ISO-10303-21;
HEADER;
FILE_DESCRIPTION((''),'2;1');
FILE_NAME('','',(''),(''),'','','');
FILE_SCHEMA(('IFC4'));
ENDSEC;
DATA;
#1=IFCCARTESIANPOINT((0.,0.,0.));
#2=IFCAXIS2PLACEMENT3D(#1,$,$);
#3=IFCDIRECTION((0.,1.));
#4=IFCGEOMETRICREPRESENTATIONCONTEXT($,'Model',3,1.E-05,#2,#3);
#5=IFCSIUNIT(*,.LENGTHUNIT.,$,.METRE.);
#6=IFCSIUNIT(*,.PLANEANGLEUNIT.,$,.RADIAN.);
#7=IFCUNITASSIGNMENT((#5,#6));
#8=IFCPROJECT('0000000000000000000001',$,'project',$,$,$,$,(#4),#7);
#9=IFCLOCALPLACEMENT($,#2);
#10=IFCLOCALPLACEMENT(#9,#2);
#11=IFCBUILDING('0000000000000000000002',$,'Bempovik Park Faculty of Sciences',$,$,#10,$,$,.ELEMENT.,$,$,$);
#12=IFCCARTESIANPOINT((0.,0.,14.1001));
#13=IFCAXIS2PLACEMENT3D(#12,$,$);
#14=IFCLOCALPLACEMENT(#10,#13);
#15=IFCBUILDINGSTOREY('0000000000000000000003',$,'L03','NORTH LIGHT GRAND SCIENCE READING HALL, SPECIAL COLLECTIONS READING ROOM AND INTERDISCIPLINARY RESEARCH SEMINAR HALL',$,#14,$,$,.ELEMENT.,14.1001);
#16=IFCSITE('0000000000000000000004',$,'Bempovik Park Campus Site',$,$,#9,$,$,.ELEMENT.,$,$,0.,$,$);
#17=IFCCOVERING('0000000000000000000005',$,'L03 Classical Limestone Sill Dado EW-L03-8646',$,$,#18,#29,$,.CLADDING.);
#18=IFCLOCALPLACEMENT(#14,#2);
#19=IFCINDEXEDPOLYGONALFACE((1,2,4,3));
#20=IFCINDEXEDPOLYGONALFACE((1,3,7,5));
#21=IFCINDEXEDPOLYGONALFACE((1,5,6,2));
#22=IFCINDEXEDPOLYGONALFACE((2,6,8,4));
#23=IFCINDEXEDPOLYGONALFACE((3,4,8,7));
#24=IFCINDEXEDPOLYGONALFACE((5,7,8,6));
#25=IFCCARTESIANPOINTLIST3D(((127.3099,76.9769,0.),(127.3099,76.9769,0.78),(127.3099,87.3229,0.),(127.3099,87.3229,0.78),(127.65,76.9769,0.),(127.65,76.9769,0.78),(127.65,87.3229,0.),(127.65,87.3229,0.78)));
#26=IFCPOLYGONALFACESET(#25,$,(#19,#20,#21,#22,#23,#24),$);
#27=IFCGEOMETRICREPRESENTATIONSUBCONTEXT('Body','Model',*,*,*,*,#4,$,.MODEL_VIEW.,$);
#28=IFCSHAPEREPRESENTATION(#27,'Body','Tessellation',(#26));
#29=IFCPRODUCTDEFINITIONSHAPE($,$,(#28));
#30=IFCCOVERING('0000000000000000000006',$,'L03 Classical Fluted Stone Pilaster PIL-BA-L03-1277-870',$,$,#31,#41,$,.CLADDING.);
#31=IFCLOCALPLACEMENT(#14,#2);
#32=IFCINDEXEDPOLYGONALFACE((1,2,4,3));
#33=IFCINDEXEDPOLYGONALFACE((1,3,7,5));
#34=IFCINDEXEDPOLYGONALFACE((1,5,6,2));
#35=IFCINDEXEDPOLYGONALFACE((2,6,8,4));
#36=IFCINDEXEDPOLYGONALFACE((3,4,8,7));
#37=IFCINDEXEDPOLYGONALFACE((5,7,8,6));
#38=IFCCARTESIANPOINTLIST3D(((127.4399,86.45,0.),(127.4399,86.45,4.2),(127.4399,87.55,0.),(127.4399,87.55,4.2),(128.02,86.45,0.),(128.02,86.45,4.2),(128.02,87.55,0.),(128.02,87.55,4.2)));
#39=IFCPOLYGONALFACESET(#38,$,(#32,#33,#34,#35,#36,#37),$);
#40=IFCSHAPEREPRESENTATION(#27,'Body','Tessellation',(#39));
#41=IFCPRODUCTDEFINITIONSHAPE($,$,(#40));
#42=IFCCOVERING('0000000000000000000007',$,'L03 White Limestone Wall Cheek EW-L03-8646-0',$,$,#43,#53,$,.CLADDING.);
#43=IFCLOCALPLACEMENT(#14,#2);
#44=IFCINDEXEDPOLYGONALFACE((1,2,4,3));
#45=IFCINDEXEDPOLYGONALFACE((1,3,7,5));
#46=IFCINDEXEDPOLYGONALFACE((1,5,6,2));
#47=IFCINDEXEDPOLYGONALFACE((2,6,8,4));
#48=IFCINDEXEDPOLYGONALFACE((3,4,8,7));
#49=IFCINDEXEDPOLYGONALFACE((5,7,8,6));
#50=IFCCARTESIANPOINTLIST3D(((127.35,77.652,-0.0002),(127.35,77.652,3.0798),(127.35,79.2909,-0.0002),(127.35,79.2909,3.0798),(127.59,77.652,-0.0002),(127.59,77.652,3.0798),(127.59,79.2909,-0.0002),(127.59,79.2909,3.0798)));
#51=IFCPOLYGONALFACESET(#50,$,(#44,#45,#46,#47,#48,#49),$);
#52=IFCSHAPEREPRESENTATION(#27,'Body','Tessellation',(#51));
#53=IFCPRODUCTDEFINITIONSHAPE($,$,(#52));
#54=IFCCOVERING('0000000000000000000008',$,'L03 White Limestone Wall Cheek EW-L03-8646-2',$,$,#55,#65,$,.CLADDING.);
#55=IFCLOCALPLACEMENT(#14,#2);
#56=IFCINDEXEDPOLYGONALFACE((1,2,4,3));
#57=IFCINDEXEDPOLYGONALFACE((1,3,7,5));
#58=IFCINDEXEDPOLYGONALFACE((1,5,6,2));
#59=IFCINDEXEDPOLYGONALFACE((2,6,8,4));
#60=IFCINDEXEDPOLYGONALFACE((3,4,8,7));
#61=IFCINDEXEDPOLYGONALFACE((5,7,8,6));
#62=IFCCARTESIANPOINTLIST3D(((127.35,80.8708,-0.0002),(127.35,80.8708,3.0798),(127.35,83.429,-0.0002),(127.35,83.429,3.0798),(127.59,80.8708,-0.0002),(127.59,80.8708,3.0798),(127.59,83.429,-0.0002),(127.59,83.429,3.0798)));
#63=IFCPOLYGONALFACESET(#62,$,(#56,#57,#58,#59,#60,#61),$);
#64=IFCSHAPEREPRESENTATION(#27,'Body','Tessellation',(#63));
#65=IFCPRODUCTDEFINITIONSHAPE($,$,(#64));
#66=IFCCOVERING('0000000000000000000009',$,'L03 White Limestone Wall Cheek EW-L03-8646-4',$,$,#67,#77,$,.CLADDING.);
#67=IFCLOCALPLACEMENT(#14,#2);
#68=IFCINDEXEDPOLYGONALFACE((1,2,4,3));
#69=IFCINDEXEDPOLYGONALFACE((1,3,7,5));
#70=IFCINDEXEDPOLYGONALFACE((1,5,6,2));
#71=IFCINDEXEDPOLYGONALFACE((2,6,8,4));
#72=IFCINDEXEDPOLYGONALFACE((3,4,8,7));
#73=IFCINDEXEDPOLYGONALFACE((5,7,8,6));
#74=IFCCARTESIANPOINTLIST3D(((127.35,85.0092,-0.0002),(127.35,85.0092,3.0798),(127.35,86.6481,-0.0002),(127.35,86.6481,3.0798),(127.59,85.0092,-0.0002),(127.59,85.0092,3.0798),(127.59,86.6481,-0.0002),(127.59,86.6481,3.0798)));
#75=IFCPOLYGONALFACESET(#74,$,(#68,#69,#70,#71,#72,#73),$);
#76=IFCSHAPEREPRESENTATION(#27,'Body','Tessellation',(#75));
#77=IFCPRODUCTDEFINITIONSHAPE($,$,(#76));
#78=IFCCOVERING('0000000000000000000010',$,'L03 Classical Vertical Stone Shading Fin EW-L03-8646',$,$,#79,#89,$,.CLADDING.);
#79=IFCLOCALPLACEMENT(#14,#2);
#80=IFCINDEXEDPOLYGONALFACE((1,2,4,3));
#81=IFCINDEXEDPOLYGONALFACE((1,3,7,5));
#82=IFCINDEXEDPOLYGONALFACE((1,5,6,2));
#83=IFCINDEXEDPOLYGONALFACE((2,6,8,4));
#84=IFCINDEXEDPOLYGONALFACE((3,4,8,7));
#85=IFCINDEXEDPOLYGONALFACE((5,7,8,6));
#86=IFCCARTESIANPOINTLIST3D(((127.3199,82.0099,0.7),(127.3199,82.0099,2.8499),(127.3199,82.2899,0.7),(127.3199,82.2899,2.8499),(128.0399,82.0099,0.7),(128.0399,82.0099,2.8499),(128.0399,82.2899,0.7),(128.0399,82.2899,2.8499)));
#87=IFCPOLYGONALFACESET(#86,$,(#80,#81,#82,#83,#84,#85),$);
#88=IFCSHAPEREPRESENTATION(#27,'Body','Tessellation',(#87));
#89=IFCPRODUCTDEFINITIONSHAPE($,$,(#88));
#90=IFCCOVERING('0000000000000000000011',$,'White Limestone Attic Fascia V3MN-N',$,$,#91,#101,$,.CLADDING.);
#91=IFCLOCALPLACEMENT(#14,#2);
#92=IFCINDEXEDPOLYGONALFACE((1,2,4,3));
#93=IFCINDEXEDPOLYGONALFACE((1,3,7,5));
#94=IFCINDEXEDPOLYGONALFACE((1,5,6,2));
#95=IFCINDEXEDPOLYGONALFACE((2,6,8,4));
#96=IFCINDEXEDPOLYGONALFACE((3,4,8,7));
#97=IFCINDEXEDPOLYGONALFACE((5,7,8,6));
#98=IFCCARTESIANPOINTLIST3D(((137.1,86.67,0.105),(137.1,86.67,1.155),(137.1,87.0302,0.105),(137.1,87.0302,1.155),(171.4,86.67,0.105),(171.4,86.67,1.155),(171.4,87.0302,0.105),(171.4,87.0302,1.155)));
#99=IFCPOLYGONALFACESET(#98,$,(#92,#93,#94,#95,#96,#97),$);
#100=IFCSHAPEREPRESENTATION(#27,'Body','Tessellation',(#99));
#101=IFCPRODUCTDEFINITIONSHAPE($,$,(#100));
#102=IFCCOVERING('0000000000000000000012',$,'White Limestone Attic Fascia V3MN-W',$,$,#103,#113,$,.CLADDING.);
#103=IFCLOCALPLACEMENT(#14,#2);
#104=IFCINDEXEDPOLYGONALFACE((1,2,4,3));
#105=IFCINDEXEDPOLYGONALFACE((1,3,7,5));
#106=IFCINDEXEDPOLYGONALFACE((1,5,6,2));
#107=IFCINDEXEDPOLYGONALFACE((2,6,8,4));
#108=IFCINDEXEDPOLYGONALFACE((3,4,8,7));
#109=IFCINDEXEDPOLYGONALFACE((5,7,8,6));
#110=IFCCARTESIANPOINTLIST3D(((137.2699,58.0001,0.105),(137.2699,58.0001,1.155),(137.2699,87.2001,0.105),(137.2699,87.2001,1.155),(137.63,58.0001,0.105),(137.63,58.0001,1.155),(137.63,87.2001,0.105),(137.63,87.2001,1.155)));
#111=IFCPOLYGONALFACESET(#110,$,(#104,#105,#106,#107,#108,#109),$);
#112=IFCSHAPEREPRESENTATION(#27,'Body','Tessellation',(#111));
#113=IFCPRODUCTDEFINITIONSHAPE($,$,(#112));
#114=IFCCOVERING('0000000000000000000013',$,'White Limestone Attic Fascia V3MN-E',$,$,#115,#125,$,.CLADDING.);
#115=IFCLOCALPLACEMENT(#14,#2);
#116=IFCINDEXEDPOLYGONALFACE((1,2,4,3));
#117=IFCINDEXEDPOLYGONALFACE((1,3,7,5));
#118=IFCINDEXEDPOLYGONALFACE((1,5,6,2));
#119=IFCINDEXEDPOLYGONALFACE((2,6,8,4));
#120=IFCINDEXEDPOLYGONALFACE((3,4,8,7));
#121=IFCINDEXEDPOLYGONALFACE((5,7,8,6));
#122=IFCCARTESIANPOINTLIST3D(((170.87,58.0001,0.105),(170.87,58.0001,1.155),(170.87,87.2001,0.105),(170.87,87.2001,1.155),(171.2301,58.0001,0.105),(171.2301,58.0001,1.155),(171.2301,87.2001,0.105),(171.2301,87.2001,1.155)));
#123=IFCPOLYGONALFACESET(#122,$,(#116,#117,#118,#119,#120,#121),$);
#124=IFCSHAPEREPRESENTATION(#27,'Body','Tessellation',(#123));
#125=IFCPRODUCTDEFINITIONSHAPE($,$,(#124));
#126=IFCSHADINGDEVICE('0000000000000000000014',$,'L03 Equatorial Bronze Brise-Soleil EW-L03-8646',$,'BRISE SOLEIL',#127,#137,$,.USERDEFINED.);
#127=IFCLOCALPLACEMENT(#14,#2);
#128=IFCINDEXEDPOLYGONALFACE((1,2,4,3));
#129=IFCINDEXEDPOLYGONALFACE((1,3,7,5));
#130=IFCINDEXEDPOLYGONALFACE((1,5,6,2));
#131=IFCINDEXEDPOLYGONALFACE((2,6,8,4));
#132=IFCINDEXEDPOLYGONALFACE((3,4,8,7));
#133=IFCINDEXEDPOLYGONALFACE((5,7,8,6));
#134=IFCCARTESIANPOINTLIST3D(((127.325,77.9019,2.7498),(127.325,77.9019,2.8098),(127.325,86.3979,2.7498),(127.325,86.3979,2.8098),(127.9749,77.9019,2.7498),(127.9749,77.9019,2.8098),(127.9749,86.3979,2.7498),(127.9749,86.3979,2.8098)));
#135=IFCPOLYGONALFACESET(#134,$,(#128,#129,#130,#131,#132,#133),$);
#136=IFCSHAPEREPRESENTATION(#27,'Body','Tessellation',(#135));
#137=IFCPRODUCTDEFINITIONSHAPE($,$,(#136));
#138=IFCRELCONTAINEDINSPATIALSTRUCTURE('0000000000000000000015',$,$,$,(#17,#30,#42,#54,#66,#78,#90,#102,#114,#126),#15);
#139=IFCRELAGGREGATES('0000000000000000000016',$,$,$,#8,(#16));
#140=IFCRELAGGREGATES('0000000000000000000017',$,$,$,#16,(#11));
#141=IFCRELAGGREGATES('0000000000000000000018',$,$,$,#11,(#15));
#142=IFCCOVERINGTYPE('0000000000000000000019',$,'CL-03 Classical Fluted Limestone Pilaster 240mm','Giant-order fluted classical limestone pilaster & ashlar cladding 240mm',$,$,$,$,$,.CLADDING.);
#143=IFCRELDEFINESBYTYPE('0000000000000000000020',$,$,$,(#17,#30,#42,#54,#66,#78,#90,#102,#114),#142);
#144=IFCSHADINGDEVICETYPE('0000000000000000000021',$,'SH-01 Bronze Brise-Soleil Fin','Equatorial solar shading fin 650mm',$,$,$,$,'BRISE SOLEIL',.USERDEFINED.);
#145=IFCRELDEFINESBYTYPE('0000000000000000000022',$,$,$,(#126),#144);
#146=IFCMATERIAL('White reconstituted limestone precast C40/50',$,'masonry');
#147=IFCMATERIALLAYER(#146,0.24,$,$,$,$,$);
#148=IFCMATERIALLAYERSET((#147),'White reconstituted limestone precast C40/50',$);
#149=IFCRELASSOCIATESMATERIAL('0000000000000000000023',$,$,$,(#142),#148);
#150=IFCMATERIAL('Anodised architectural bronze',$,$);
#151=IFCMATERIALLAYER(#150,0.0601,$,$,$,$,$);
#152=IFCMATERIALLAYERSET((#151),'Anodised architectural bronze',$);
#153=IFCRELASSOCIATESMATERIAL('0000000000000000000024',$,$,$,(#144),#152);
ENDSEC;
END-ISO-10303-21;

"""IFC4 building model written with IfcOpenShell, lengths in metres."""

from ifc_helpers import new_model, si_unit, direction, frame, origin, origin_2d, place, context, subcontext, project, spatial, rectangle, extrude, material, layer, layer_set, type_object, element, save


model = new_model("IFC4")

# Units and contexts
model_context = context("Model", 3, precision=1e-05, world=origin(), true_north=direction((0.0, 1.0)))
body_context = subcontext(model_context, "Body", "Model", "MODEL_VIEW")
ifc_project = project(units=[si_unit("LENGTHUNIT", "METRE"), si_unit("PLANEANGLEUNIT", "RADIAN")], contexts=[model_context])

# Site, building, storey
site_placement = place(None, origin())
site = spatial("IfcSite", under=ifc_project, at=site_placement, Name="Bempovik Park Campus Site", CompositionType="ELEMENT", RefElevation=0.0)
building_placement = place(site_placement, origin())
building = spatial("IfcBuilding", under=site, at=building_placement, Name="Bempovik Park Faculty of Sciences", CompositionType="ELEMENT")
storey_placement = place(building_placement, frame((0.0, 0.0, 14.1001)))
storey = spatial("IfcBuildingStorey", under=building, at=storey_placement, Name="L03", Description="NORTH LIGHT GRAND SCIENCE READING HALL, SPECIAL COLLECTIONS READING ROOM AND INTERDISCIPLINARY RESEARCH SEMINAR HALL", CompositionType="ELEMENT", Elevation=14.1001)

# Shared definitions
ifc_material_1 = material(Name="Anodised architectural bronze")

# Coverings
ifc_material_2 = material(Name="White reconstituted limestone precast C40/50", Category="masonry")
ifc_layer_1 = layer(ifc_material_2, 0.24)
ifc_layer_set_1 = layer_set([ifc_layer_1], Name="White reconstituted limestone precast C40/50")
covering_type_1 = type_object("IfcCoveringType", Name="CL-03 Classical Fluted Limestone Pilaster 240mm", Description="Giant-order fluted classical limestone pilaster & ashlar cladding 240mm", PredefinedType="CLADDING", material=ifc_layer_set_1)
covering_1_placement = place(storey_placement, frame((127.48, 82.1499, 0.0), z_axis=(0.0, 0.0, 1.0), x_axis=(1.0, 0.0, 0.0)))
element("IfcCovering", 1, at=covering_1_placement, inside=storey, type_object=covering_type_1, Name="L03 Classical Limestone Sill Dado EW-L03-8646", PredefinedType="CLADDING", context=body_context, shape_type="SweptSolid", body=[
    extrude(rectangle(XDim=0.3401, YDim=10.3459, at=origin_2d()), origin(), (0.0, 0.0, 1.0), 0.78),
])
covering_2_placement = place(storey_placement, frame((127.73, 87.0, 0.0), z_axis=(0.0, 0.0, 1.0), x_axis=(1.0, 0.0, 0.0)))
element("IfcCovering", 2, at=covering_2_placement, inside=storey, type_object=covering_type_1, Name="L03 Classical Fluted Stone Pilaster PIL-BA-L03-1277-870", PredefinedType="CLADDING", context=body_context, shape_type="SweptSolid", body=[
    extrude(rectangle(XDim=0.5801, YDim=1.1001, at=origin_2d()), origin(), (0.0, 0.0, 1.0), 4.2),
])
covering_3_placement = place(storey_placement, frame((127.47, 78.4714, -0.0002), z_axis=(0.0, 0.0, 1.0), x_axis=(1.0, 0.0, 0.0)))
element("IfcCovering", 3, at=covering_3_placement, inside=storey, type_object=covering_type_1, Name="L03 White Limestone Wall Cheek EW-L03-8646-0", PredefinedType="CLADDING", context=body_context, shape_type="SweptSolid", body=[
    extrude(rectangle(XDim=0.24, YDim=1.6389, at=origin_2d()), origin(), (0.0, 0.0, 1.0), 3.0801),
])
covering_4_placement = place(storey_placement, frame((127.47, 82.1499, -0.0002), z_axis=(0.0, 0.0, 1.0), x_axis=(1.0, 0.0, 0.0)))
element("IfcCovering", 4, at=covering_4_placement, inside=storey, type_object=covering_type_1, Name="L03 White Limestone Wall Cheek EW-L03-8646-2", PredefinedType="CLADDING", context=body_context, shape_type="SweptSolid", body=[
    extrude(rectangle(XDim=0.24, YDim=2.5581, at=origin_2d()), origin(), (0.0, 0.0, 1.0), 3.0801),
])
covering_5_placement = place(storey_placement, frame((127.47, 85.8286, -0.0002), z_axis=(0.0, 0.0, 1.0), x_axis=(1.0, 0.0, 0.0)))
element("IfcCovering", 5, at=covering_5_placement, inside=storey, type_object=covering_type_1, Name="L03 White Limestone Wall Cheek EW-L03-8646-4", PredefinedType="CLADDING", context=body_context, shape_type="SweptSolid", body=[
    extrude(rectangle(XDim=0.24, YDim=1.6389, at=origin_2d()), origin(), (0.0, 0.0, 1.0), 3.0801),
])
covering_6_placement = place(storey_placement, frame((127.6799, 82.1499, 0.7), z_axis=(0.0, 0.0, 1.0), x_axis=(1.0, 0.0, 0.0)))
element("IfcCovering", 6, at=covering_6_placement, inside=storey, type_object=covering_type_1, Name="L03 Classical Vertical Stone Shading Fin EW-L03-8646", PredefinedType="CLADDING", context=body_context, shape_type="SweptSolid", body=[
    extrude(rectangle(XDim=0.72, YDim=0.28, at=origin_2d()), origin(), (0.0, 0.0, 1.0), 2.1499),
])
covering_7_placement = place(storey_placement, frame((154.25, 86.8501, 0.105), z_axis=(0.0, 0.0, 1.0), x_axis=(1.0, 0.0, 0.0)))
element("IfcCovering", 7, at=covering_7_placement, inside=storey, type_object=covering_type_1, Name="White Limestone Attic Fascia V3MN-N", PredefinedType="CLADDING", context=body_context, shape_type="SweptSolid", body=[
    extrude(rectangle(XDim=34.3, YDim=0.3601, at=origin_2d()), origin(), (0.0, 0.0, 1.0), 1.05),
])
for number, where, z_axis, x_axis, name in (
    (8, (137.45, 72.6001, 0.105), (0.0, 0.0, 1.0), (1.0, 0.0, 0.0), "White Limestone Attic Fascia V3MN-W"),
    (9, (171.05, 72.6001, 0.105), (0.0, 0.0, 1.0), (1.0, 0.0, 0.0), "White Limestone Attic Fascia V3MN-E"),
):
    element("IfcCovering", number, at=place(storey_placement, frame(where, z_axis=z_axis, x_axis=x_axis)), inside=storey, type_object=covering_type_1, Name=name, PredefinedType="CLADDING", context=body_context, shape_type="SweptSolid", body=[
        extrude(rectangle(XDim=0.3601, YDim=29.2, at=origin_2d()), origin(), (0.0, 0.0, 1.0), 1.05),
    ])

# Shading device
ifc_layer_2 = layer(ifc_material_1, 0.0601)
ifc_layer_set_2 = layer_set([ifc_layer_2], Name="Anodised architectural bronze")
shading_device_type = type_object("IfcShadingDeviceType", Name="SH-01 Bronze Brise-Soleil Fin", Description="Equatorial solar shading fin 650mm", ElementType="BRISE SOLEIL", PredefinedType="USERDEFINED", material=ifc_layer_set_2)
shading_device_placement = place(storey_placement, frame((127.6499, 82.1499, 2.7498), z_axis=(0.0, 0.0, 1.0), x_axis=(1.0, 0.0, 0.0)))
element("IfcShadingDevice", 10, at=shading_device_placement, inside=storey, type_object=shading_device_type, Name="L03 Equatorial Bronze Brise-Soleil EW-L03-8646", ObjectType="BRISE SOLEIL", PredefinedType="USERDEFINED", context=body_context, shape_type="SweptSolid", body=[
    extrude(rectangle(XDim=0.6499, YDim=8.4961, at=origin_2d()), origin(), (0.0, 0.0, 1.0), 0.0601),
])

save(model, "model.ifc")
